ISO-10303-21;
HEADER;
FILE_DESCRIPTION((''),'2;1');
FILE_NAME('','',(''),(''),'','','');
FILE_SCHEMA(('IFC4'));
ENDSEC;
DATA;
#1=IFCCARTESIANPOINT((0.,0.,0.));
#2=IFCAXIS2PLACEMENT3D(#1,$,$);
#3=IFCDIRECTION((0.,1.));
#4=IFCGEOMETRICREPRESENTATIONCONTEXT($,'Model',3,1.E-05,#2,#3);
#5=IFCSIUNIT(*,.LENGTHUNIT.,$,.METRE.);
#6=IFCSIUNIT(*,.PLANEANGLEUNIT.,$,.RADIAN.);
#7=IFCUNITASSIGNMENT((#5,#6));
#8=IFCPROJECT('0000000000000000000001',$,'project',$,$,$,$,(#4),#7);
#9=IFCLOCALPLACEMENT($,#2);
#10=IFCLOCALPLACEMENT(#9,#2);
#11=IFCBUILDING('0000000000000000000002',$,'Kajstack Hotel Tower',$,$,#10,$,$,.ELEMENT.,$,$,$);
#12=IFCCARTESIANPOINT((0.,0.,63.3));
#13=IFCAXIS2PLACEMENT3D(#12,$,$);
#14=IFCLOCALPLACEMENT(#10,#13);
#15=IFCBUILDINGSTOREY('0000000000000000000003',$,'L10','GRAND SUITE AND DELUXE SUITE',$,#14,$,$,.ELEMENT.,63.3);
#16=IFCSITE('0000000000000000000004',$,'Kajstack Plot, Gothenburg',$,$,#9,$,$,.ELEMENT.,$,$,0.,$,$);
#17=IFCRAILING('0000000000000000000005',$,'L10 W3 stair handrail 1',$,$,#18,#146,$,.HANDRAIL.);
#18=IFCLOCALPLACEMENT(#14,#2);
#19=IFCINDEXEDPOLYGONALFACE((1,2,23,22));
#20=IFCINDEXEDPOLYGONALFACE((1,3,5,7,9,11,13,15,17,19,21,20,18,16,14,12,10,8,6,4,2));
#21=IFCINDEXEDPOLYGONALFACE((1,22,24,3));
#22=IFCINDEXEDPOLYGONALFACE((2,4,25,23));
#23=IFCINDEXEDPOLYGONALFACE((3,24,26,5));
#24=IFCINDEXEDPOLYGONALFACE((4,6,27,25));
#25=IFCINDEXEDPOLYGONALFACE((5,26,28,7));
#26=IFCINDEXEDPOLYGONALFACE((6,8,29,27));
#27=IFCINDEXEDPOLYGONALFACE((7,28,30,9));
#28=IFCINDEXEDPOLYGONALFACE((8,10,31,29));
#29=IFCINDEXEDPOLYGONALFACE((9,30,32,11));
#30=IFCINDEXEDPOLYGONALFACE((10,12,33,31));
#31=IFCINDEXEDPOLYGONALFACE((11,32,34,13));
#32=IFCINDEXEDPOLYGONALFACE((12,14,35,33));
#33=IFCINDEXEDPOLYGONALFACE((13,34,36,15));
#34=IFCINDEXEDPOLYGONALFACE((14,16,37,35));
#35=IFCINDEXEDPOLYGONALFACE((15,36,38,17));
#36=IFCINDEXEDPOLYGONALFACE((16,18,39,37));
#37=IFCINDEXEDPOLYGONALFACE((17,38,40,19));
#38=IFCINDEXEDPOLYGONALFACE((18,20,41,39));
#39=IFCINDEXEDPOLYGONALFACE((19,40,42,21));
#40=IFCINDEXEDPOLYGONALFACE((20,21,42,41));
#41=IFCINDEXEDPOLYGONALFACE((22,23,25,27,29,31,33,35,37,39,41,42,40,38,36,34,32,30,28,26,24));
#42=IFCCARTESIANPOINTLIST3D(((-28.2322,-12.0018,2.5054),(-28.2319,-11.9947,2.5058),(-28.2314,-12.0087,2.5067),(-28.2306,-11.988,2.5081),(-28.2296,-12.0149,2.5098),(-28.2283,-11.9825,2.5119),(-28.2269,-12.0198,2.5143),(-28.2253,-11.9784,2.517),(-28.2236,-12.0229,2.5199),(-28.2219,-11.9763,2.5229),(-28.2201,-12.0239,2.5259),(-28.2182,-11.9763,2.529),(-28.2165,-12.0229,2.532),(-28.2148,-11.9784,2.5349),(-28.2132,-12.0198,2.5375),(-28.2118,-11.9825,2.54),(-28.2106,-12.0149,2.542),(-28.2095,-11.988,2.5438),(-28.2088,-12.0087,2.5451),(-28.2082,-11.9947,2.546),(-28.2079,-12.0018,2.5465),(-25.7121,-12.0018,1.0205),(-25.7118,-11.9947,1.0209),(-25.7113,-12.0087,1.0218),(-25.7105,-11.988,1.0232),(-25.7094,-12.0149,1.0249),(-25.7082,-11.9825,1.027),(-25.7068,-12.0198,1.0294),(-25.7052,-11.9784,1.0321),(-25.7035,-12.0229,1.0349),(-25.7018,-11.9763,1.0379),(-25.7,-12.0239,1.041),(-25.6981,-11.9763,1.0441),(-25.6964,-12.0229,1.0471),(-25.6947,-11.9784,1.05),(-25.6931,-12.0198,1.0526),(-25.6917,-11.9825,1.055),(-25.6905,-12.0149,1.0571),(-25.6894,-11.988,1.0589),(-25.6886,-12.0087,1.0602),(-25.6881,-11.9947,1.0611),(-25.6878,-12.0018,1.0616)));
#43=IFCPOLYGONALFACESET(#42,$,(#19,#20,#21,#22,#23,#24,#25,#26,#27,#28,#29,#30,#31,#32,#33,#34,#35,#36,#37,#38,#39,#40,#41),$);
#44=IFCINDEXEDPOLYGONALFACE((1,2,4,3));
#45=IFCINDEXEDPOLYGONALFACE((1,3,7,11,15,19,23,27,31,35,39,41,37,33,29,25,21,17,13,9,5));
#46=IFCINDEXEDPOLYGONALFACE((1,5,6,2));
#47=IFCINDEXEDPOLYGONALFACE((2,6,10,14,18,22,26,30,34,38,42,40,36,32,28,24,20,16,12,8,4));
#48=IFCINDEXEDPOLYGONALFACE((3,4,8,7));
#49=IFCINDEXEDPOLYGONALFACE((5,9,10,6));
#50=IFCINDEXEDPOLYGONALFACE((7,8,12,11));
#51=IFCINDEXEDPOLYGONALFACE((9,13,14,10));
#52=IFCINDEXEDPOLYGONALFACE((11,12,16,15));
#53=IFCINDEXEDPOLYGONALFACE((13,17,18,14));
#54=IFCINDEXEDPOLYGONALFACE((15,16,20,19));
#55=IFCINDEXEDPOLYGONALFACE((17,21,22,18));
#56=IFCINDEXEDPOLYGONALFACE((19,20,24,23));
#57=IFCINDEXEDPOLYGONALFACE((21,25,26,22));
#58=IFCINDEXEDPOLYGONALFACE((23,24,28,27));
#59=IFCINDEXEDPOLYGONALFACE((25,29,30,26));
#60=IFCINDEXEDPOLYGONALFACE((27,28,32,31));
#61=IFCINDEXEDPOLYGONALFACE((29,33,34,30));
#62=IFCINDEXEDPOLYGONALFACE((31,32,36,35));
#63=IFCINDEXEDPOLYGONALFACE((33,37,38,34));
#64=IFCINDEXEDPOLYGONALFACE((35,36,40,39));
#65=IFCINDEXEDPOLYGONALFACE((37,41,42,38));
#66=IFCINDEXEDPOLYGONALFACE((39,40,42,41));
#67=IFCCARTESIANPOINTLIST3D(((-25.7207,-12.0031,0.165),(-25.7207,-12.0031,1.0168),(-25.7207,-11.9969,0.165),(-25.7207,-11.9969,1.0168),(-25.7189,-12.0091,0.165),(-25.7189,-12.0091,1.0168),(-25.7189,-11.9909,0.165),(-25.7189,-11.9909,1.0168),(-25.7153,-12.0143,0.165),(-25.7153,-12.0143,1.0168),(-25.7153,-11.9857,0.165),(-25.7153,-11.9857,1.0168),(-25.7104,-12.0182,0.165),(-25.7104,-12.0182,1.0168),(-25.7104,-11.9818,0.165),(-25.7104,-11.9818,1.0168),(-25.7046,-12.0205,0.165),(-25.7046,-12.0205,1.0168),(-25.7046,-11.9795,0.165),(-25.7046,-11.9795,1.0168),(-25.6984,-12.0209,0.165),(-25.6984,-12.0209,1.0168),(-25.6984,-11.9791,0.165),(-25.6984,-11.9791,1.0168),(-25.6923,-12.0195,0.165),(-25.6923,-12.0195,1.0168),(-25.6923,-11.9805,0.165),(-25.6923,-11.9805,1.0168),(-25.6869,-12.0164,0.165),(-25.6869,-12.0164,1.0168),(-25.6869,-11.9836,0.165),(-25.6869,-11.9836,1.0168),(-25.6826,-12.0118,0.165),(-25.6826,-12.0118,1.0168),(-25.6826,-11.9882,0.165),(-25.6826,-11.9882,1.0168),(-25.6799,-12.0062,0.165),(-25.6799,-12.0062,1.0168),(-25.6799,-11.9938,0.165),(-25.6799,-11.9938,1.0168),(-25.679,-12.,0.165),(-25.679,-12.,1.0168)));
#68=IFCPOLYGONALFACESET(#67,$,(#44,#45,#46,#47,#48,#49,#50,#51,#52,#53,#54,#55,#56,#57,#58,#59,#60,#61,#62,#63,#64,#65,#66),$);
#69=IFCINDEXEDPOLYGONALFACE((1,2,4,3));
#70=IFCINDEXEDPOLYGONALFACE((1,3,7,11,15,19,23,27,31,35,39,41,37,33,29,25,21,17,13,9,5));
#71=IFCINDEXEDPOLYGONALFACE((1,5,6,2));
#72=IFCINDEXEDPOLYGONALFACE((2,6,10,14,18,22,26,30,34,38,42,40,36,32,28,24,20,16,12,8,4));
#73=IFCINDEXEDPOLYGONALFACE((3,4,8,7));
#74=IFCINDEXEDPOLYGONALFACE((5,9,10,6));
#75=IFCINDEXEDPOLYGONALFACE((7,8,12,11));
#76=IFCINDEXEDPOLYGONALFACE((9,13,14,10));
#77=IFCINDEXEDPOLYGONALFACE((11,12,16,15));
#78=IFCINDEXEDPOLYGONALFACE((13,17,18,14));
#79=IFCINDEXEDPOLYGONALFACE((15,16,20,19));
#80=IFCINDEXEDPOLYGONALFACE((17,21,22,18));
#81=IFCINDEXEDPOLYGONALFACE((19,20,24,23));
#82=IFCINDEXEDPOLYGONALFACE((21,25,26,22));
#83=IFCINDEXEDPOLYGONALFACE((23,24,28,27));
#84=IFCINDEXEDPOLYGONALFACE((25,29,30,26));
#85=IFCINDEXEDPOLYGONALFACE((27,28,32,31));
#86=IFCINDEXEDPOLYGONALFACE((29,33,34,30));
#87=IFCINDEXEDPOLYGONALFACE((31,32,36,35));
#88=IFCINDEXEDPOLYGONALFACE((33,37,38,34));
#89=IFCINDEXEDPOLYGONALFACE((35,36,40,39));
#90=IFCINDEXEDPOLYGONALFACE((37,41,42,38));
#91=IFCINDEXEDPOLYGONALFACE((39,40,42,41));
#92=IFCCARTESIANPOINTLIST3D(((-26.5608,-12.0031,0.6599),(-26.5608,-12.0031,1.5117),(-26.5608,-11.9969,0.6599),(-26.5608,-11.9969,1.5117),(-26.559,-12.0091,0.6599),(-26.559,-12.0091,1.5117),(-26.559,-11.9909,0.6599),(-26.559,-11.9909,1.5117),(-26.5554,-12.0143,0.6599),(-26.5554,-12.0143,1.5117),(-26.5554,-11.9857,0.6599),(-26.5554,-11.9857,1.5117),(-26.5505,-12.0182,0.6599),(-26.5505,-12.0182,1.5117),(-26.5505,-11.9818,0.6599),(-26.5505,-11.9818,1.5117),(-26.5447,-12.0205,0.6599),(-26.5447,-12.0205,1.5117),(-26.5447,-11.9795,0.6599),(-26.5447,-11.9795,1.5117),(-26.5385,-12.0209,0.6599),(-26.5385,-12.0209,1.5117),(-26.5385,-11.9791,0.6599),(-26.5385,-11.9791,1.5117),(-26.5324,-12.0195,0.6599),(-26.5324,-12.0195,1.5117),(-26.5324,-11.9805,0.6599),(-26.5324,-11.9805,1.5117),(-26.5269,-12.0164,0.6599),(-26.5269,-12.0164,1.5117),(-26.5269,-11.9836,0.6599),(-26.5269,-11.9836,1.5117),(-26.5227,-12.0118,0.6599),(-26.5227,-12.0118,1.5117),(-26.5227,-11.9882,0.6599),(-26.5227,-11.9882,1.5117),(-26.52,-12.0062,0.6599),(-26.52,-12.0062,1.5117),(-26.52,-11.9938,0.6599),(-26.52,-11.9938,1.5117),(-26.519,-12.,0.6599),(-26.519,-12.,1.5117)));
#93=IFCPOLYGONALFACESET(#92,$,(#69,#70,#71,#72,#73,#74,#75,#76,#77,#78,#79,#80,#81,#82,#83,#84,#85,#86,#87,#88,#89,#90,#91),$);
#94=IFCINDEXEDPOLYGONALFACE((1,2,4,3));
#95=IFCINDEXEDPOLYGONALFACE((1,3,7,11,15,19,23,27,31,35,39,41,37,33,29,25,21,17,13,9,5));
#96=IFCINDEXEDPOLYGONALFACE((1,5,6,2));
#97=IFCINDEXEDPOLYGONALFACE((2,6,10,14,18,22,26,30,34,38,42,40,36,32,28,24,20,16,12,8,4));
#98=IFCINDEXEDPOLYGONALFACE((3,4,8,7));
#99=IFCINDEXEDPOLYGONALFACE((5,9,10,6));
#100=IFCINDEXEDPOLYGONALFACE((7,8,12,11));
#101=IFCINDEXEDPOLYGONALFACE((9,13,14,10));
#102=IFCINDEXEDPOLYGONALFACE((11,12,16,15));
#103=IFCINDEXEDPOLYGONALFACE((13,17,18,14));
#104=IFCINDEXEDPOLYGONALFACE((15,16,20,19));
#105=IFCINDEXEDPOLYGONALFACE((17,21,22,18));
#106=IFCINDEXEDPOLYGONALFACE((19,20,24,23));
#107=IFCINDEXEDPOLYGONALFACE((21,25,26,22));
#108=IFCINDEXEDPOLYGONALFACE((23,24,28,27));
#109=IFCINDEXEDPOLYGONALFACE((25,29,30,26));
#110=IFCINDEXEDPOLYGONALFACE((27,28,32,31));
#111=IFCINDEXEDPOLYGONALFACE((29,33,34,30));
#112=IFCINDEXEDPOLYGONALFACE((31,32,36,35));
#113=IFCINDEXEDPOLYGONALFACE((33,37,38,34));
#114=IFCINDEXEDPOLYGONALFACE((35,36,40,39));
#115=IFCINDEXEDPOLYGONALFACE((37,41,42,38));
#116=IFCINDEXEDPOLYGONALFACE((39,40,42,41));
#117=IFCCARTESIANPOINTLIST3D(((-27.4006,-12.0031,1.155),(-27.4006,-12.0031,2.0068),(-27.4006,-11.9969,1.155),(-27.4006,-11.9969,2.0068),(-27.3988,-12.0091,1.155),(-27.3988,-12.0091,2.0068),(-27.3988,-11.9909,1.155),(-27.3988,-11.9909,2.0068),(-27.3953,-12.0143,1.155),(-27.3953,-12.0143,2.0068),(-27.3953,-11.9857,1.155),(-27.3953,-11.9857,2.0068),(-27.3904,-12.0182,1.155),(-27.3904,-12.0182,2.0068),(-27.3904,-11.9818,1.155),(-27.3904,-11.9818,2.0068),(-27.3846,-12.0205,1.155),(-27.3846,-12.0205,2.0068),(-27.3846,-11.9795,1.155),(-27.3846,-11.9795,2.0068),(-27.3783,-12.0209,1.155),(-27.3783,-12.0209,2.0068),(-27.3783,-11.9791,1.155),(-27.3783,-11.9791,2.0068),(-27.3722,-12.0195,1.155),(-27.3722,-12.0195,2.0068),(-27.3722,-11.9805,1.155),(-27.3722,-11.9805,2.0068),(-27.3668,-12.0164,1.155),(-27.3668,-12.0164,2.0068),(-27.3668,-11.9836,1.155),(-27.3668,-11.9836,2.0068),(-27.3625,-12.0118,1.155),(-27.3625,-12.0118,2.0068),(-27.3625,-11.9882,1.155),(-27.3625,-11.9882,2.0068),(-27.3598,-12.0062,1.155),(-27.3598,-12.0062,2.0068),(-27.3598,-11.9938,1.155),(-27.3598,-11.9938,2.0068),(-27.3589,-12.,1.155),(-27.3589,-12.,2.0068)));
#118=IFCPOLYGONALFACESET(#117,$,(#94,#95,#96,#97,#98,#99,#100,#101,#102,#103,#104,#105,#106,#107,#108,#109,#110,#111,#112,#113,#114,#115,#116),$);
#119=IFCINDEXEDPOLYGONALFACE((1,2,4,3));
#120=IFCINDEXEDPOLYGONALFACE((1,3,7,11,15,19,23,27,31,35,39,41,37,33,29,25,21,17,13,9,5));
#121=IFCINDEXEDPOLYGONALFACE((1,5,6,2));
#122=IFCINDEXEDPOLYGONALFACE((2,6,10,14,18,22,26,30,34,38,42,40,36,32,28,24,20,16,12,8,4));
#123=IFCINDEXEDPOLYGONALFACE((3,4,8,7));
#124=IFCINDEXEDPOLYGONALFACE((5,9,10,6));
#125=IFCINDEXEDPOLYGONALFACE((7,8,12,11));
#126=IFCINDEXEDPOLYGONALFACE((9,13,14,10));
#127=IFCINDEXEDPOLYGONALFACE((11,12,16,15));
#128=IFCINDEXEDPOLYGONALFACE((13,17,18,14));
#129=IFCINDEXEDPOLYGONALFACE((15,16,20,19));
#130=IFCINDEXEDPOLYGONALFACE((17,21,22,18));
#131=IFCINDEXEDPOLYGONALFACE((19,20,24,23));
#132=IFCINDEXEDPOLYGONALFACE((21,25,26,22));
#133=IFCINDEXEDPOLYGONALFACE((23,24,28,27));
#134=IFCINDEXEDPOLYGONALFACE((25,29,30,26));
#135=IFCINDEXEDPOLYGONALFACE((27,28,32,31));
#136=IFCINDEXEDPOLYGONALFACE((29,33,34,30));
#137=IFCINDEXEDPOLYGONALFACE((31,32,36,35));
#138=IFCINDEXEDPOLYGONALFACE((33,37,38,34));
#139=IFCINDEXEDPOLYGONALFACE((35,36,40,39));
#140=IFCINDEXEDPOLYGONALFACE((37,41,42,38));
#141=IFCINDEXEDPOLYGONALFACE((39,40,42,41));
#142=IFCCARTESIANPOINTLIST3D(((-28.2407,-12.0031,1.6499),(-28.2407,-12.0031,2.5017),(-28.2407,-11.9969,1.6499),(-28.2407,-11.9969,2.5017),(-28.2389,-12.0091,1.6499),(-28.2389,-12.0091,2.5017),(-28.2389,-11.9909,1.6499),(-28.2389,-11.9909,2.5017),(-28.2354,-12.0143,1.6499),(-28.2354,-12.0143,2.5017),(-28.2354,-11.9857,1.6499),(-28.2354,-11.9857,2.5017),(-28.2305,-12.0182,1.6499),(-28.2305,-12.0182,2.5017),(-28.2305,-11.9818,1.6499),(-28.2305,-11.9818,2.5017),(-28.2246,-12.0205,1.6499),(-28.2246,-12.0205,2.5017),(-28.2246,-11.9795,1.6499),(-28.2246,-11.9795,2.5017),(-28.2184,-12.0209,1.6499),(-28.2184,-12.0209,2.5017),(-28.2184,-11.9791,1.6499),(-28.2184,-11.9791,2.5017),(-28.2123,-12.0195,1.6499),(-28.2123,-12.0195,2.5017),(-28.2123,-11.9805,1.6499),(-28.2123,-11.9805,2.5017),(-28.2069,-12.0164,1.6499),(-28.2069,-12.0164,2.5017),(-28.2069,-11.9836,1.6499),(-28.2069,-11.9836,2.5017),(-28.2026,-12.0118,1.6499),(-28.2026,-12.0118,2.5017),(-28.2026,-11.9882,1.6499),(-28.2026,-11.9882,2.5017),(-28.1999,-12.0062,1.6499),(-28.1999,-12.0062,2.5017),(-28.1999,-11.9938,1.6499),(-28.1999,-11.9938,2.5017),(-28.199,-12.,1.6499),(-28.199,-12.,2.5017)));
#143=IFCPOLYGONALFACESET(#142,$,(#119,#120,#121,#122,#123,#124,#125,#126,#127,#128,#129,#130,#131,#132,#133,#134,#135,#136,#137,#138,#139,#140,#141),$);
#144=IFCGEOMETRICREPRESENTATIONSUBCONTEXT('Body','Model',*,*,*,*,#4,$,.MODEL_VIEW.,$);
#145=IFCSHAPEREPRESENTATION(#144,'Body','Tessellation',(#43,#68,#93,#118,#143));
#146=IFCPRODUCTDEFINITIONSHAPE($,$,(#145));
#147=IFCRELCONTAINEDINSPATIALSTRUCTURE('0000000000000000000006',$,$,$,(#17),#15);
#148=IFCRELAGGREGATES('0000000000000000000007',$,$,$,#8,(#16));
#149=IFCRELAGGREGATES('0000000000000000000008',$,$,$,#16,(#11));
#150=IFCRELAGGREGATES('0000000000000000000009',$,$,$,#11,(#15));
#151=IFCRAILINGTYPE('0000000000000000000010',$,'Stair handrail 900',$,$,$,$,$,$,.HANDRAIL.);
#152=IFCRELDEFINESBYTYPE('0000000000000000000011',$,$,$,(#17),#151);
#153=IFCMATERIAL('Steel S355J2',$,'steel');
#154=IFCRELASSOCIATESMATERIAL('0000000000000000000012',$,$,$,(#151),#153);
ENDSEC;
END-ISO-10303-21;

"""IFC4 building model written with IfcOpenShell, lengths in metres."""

from ifc_helpers import new_model, si_unit, direction, frame, origin, origin_2d, place, context, subcontext, project, spatial, circle, extrude, material, type_object, element, save


model = new_model("IFC4")

# Units and contexts
model_context = context("Model", 3, precision=1e-05, world=origin(), true_north=direction((0.0, 1.0)))
body_context = subcontext(model_context, "Body", "Model", "MODEL_VIEW")
ifc_project = project(units=[si_unit("LENGTHUNIT", "METRE"), si_unit("PLANEANGLEUNIT", "RADIAN")], contexts=[model_context])

# Site, building, storey
site_placement = place(None, origin())
site = spatial("IfcSite", under=ifc_project, at=site_placement, Name="Kajstack Plot, Gothenburg", CompositionType="ELEMENT", RefElevation=0.0)
building_placement = place(site_placement, origin())
building = spatial("IfcBuilding", under=site, at=building_placement, Name="Kajstack Hotel Tower", CompositionType="ELEMENT")
storey_placement = place(building_placement, frame((0.0, 0.0, 63.3)))
storey = spatial("IfcBuildingStorey", under=building, at=storey_placement, Name="L10", Description="GRAND SUITE AND DELUXE SUITE", CompositionType="ELEMENT", Elevation=63.3)

# Railing
ifc_material_1 = material(Name="Steel S355J2", Category="steel")
railing_type_1 = type_object("IfcRailingType", Name="Stair handrail 900", PredefinedType="HANDRAIL", material=ifc_material_1)
railing_1_placement = place(storey_placement, frame((-25.7, -12.0, 0.165)))
element("IfcRailing", 1, at=railing_1_placement, inside=storey, type_object=railing_type_1, Name="L10 W3 stair handrail 1", PredefinedType="HANDRAIL", context=body_context, shape_type="SweptSolid", body=[
    extrude(circle(Radius=0.0239, at=origin_2d()), frame((0.0, 0.0, 0.876), z_axis=(-0.861561, 0.0, 0.507655), x_axis=(0.0, -1.0, 0.0)), (0.0, 0.0, 1.0), 2.925),
    extrude(circle(Radius=0.021, at=origin_2d()), origin(), (0.0, 0.0, 1.0), 0.8518),
    extrude(circle(Radius=0.021, at=origin_2d()), frame((-0.8401, 0.0, 0.4949)), (0.0, 0.0, 1.0), 0.8518),
    extrude(circle(Radius=0.021, at=origin_2d()), frame((-1.6799, 0.0, 0.99)), (0.0, 0.0, 1.0), 0.8518),
    extrude(circle(Radius=0.021, at=origin_2d()), frame((-2.52, 0.0, 1.4849)), (0.0, 0.0, 1.0), 0.8518),
])

save(model, "model.ifc")
